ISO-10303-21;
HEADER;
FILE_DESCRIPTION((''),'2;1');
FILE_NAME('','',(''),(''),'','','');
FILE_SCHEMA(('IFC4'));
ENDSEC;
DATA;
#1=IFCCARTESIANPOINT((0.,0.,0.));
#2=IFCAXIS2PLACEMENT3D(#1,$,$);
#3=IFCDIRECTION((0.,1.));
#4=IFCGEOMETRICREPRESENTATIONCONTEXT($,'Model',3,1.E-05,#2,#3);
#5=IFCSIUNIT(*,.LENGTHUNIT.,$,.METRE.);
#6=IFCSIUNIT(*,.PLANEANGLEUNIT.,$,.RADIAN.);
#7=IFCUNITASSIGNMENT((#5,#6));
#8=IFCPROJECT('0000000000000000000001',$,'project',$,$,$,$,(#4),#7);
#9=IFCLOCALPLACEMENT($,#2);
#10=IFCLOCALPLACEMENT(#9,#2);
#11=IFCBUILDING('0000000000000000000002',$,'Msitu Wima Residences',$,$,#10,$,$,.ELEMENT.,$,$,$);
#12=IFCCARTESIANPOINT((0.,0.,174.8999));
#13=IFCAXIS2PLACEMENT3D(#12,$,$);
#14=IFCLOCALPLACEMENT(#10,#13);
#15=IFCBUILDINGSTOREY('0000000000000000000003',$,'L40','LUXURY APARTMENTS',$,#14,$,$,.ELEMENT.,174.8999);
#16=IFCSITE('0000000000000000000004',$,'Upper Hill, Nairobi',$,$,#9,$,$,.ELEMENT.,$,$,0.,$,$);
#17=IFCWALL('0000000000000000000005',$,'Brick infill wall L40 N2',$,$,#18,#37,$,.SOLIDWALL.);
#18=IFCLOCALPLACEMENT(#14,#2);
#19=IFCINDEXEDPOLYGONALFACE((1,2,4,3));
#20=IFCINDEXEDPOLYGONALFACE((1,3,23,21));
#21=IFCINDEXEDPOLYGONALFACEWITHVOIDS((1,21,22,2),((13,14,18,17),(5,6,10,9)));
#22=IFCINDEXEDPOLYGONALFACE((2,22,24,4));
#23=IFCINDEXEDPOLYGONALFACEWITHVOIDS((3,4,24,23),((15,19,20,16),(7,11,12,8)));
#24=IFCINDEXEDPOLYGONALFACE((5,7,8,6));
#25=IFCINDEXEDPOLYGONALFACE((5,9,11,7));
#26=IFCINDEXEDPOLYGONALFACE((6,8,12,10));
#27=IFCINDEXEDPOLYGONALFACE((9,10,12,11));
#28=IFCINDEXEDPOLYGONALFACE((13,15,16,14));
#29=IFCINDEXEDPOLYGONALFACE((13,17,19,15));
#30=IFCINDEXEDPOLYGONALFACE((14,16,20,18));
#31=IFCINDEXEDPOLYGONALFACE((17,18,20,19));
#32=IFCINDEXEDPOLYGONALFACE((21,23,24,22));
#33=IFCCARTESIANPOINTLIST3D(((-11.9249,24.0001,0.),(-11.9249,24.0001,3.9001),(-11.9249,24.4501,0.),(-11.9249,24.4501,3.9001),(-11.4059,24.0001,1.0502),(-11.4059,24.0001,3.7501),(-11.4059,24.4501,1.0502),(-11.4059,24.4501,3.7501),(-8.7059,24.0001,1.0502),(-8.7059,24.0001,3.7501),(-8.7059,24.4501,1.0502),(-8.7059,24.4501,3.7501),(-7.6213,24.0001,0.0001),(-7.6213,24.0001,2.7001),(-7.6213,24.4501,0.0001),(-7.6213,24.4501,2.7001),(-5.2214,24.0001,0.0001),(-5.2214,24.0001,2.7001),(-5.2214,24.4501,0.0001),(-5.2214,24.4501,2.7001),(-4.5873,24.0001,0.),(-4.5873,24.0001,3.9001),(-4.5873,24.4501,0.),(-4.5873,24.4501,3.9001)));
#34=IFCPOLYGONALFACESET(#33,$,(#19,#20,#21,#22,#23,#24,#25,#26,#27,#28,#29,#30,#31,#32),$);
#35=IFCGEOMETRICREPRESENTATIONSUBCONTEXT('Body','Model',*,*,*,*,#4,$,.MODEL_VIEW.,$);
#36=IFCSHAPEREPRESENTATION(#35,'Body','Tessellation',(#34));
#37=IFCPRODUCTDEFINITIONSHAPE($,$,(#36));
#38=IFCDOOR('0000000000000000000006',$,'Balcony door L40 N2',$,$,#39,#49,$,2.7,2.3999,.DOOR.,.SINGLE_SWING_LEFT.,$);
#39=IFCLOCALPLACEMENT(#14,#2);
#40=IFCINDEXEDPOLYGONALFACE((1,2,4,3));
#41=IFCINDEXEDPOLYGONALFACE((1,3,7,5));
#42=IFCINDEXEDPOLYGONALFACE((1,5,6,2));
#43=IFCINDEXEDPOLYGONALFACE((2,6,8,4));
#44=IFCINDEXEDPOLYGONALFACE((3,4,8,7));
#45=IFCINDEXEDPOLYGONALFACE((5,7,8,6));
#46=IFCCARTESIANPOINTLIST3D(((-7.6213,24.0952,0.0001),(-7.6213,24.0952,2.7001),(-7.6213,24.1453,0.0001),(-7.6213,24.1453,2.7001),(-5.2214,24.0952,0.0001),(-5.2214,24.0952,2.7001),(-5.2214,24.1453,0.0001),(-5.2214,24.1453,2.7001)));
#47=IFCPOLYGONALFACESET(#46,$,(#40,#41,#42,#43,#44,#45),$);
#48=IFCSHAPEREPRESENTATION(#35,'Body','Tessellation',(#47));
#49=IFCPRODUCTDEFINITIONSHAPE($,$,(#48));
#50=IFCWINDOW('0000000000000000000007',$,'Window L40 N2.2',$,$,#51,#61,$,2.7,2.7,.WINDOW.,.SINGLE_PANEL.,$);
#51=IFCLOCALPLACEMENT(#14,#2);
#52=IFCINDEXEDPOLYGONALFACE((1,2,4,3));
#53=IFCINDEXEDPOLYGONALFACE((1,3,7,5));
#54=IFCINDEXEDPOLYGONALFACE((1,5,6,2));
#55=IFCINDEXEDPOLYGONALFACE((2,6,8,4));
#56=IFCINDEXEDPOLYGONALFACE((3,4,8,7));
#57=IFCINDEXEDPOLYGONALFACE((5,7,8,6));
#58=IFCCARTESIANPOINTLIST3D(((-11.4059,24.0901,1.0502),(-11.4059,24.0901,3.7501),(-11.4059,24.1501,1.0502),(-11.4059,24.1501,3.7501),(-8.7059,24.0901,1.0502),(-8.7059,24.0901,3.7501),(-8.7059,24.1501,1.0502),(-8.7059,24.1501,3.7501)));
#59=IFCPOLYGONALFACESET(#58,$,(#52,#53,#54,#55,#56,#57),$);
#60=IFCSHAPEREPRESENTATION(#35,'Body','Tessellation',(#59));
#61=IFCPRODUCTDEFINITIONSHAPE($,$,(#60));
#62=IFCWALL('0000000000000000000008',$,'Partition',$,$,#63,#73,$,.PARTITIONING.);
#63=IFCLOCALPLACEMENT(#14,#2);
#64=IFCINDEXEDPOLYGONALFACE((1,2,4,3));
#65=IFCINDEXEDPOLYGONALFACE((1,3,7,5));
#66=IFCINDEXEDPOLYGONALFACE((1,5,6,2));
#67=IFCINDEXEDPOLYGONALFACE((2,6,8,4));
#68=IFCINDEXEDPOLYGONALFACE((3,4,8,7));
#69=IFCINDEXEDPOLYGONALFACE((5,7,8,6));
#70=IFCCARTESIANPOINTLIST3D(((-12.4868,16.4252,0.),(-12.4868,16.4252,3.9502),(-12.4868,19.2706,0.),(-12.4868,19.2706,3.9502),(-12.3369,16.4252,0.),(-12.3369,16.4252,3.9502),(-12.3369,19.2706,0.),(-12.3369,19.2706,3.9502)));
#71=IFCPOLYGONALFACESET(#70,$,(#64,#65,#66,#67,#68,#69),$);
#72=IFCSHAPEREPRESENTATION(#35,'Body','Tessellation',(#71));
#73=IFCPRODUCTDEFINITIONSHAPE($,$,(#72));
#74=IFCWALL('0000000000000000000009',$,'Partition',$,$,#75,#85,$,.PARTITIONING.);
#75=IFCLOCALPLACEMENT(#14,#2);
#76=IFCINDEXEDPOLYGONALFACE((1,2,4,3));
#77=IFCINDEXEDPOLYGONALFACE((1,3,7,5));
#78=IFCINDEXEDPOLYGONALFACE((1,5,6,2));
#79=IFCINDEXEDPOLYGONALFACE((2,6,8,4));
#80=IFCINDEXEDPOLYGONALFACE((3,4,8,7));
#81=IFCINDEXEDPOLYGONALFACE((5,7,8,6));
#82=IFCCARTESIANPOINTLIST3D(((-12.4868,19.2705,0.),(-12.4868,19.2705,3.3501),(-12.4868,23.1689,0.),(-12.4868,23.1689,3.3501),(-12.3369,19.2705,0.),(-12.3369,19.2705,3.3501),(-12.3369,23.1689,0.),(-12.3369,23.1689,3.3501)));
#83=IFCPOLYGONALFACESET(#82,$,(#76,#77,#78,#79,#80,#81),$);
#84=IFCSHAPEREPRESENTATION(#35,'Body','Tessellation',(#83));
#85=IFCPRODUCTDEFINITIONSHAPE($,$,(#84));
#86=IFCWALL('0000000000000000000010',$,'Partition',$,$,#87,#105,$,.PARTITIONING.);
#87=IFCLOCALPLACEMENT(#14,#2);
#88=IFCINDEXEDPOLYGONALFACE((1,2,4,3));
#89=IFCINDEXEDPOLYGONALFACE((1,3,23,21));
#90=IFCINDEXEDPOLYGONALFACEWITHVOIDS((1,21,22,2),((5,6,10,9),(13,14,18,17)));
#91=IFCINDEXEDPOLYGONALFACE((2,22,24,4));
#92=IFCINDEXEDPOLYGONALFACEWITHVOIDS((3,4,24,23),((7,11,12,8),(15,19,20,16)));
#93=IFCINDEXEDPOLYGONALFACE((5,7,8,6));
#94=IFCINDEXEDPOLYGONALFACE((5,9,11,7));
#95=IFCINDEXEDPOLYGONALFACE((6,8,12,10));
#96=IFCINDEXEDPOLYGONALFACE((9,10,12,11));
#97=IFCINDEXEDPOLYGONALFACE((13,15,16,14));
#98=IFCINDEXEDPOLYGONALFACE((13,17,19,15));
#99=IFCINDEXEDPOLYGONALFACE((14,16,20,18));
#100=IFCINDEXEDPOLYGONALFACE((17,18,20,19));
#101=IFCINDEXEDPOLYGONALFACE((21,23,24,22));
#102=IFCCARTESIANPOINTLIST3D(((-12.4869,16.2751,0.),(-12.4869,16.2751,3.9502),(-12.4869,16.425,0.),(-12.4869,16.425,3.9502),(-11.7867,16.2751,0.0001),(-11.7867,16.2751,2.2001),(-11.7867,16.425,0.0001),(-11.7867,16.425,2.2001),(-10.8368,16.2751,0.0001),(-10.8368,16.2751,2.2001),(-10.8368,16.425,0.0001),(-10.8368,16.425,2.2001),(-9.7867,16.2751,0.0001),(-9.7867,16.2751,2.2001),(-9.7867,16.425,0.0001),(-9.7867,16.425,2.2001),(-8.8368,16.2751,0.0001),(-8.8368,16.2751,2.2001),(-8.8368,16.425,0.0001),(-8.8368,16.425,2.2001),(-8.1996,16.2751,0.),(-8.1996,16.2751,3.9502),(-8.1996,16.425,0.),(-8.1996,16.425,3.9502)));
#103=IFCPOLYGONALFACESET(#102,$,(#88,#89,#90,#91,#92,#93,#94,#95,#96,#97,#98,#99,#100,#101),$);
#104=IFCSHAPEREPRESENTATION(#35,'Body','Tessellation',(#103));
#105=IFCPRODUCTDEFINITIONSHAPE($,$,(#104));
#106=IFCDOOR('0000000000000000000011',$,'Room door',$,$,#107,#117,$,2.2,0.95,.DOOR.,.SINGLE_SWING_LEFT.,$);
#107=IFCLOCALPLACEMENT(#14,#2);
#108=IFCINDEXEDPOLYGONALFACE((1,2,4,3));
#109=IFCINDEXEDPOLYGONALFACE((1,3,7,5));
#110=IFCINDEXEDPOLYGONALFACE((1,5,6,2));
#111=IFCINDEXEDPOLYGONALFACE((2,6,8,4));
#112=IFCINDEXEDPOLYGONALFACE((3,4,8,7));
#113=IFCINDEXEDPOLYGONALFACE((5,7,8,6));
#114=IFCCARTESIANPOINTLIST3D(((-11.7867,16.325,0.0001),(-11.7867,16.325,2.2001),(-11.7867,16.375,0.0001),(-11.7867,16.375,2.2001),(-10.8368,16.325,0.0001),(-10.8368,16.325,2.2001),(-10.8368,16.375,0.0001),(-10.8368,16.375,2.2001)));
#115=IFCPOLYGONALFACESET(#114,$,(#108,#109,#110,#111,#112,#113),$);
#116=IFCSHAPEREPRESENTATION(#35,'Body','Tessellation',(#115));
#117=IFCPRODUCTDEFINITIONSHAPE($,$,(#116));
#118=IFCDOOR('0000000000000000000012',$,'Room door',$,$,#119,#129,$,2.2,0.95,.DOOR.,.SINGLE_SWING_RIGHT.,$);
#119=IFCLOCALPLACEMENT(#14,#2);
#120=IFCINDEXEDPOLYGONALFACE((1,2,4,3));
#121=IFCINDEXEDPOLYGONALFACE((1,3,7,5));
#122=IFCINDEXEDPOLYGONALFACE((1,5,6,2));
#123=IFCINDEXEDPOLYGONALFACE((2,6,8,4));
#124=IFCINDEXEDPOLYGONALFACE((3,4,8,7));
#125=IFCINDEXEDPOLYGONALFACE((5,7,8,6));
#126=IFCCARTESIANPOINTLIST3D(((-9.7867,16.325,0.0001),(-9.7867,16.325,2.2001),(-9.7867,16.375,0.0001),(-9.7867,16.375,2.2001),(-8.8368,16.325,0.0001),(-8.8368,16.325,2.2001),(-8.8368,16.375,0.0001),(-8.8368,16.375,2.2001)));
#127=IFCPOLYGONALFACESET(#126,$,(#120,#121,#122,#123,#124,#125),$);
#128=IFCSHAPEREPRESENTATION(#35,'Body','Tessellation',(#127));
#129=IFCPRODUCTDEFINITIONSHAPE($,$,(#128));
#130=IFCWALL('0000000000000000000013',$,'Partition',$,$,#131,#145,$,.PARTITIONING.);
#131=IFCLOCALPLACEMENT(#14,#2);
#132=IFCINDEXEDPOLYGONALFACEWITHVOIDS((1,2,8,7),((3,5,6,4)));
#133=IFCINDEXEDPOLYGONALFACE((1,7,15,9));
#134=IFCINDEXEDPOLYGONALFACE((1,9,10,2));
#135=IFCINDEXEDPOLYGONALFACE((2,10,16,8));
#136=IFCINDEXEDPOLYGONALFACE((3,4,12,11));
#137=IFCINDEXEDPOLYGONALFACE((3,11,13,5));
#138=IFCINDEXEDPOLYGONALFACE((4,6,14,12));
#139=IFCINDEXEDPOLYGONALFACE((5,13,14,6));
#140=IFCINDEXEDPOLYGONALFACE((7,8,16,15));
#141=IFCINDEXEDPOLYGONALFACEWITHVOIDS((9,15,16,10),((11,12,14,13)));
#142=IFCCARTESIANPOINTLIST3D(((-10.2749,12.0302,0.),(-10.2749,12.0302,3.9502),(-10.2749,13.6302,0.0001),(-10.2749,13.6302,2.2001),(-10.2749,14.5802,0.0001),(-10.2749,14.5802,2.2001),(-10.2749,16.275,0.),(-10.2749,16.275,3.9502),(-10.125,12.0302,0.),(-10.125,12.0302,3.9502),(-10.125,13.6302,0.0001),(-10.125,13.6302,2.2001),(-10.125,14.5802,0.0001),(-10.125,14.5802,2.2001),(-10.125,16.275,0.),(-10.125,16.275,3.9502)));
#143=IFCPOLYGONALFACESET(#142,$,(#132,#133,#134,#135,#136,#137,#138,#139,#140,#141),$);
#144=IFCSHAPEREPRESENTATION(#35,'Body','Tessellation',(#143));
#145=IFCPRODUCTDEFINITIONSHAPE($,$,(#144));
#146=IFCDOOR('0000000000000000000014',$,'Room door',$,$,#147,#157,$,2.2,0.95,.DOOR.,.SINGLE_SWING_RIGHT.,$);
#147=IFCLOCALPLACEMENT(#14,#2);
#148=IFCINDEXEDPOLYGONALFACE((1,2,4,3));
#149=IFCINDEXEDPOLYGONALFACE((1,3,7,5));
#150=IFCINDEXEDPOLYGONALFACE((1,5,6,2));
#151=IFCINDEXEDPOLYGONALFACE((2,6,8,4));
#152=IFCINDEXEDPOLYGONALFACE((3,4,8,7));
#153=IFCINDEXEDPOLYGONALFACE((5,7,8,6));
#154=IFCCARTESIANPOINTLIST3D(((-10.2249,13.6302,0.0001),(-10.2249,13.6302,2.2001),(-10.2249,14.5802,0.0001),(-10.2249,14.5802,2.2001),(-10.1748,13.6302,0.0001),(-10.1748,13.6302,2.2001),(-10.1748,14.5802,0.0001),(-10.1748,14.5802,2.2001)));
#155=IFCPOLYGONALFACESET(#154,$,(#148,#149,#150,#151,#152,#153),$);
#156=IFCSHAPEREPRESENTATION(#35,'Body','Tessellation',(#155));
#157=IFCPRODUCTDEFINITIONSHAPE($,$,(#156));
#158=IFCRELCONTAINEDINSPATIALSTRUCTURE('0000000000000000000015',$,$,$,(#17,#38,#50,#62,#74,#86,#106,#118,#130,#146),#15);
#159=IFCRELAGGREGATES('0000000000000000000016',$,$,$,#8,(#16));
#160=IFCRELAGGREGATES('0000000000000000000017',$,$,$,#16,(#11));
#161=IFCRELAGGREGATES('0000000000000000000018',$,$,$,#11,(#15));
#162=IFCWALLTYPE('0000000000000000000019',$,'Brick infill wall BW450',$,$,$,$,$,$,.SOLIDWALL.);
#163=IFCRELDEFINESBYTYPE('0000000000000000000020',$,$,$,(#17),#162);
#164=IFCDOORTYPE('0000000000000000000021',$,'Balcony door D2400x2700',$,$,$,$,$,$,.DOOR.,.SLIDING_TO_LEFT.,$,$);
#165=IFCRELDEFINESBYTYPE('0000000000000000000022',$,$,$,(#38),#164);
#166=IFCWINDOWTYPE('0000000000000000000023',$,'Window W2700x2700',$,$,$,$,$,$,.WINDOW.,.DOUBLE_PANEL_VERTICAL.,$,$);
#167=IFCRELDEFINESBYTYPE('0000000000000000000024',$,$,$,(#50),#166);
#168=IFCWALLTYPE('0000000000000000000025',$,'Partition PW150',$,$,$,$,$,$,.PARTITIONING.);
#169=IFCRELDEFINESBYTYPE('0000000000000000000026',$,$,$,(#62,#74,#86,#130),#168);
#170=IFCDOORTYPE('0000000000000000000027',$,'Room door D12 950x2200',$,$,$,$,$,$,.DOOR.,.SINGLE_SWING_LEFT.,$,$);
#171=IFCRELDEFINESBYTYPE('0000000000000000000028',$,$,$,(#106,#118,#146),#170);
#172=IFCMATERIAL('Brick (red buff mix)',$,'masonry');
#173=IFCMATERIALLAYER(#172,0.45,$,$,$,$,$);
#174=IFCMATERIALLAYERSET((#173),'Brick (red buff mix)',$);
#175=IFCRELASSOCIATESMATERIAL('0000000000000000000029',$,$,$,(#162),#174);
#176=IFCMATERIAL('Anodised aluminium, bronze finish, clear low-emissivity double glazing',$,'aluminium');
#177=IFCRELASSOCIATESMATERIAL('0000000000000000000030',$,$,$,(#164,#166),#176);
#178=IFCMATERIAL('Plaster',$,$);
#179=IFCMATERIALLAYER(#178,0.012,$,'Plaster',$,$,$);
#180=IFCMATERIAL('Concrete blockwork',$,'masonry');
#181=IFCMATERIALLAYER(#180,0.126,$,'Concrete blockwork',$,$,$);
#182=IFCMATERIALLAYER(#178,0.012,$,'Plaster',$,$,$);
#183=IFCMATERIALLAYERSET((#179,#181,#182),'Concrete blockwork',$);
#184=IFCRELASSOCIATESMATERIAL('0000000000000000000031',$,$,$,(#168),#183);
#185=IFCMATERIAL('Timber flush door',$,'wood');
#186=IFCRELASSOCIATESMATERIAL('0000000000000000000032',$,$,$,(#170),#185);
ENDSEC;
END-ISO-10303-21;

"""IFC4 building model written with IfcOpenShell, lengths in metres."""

from ifc_helpers import new_model, si_unit, direction, frame, frame_2d, origin, place, context, subcontext, project, spatial, rectangle, extrude, material, layer, layer_set, type_object, element, fill, save


model = new_model("IFC4")

# Units and contexts
model_context = context("Model", 3, precision=1e-05, world=origin(), true_north=direction((0.0, 1.0)))
body_context = subcontext(model_context, "Body", "Model", "MODEL_VIEW")
ifc_project = project(units=[si_unit("LENGTHUNIT", "METRE"), si_unit("PLANEANGLEUNIT", "RADIAN")], contexts=[model_context])

# Site, building, storey
site_placement = place(None, origin())
site = spatial("IfcSite", under=ifc_project, at=site_placement, Name="Upper Hill, Nairobi", CompositionType="ELEMENT", RefElevation=0.0)
building_placement = place(site_placement, origin())
building = spatial("IfcBuilding", under=site, at=building_placement, Name="Msitu Wima Residences", CompositionType="ELEMENT")
storey_placement = place(building_placement, frame((0.0, 0.0, 174.8999)))
storey = spatial("IfcBuildingStorey", under=building, at=storey_placement, Name="L40", Description="LUXURY APARTMENTS", CompositionType="ELEMENT", Elevation=174.8999)

# Wall, openings, door, window
ifc_material_1 = material(Name="Brick (red buff mix)", Category="masonry")
ifc_layer_1 = layer(ifc_material_1, 0.45)
ifc_layer_set_1 = layer_set([ifc_layer_1], Name="Brick (red buff mix)")
wall_type_1 = type_object("IfcWallType", Name="Brick infill wall BW450", PredefinedType="SOLIDWALL", material=ifc_layer_set_1)
wall_1_placement = place(storey_placement, frame((-4.5872, 24.2251, 0.0), z_axis=(0.0, 0.0, 1.0), x_axis=(-1.0, 0.0, 0.0)))
wall_1 = element("IfcWall", 1, at=wall_1_placement, inside=storey, type_object=wall_type_1, Name="Brick infill wall L40 N2", PredefinedType="SOLIDWALL", context=body_context, shape_type="SweptSolid", body=[
    extrude(rectangle(XDim=7.3376, YDim=0.45, at=frame_2d((3.6689, 0.0))), origin(), (0.0, 0.0, 1.0), 3.9001),
])
opening_1_placement = place(wall_1_placement, frame((0.6343, 0.0, 0.0)))
opening_1 = element("IfcOpeningElement", 2, at=opening_1_placement, cuts=wall_1, PredefinedType="OPENING", context=body_context, shape_type="SweptSolid", body=[
    extrude(rectangle(XDim=2.3999, YDim=2.7, at=frame_2d((1.2, 1.3501))), frame((0.0, 0.2349, 0.0), z_axis=(0.0, -1.0, 0.0), x_axis=(1.0, 0.0, 0.0)), (0.0, 0.0, 1.0), 0.47),
])
opening_2_placement = place(wall_1_placement, frame((4.1187, 0.0, 1.05)))
opening_2 = element("IfcOpeningElement", 3, at=opening_2_placement, cuts=wall_1, PredefinedType="OPENING", context=body_context, shape_type="SweptSolid", body=[
    extrude(rectangle(XDim=2.7, YDim=2.7, at=frame_2d((1.3501, 1.3501))), frame((0.0, 0.2349, 0.0), z_axis=(0.0, -1.0, 0.0), x_axis=(1.0, 0.0, 0.0)), (0.0, 0.0, 1.0), 0.47),
])
ifc_material_2 = material(Name="Anodised aluminium, bronze finish, clear low-emissivity double glazing", Category="aluminium")
door_type_1 = type_object("IfcDoorType", Name="Balcony door D2400x2700", OperationType="SLIDING_TO_LEFT", PredefinedType="DOOR", material=ifc_material_2)
door_1_placement = place(opening_1_placement, origin())
door_1 = element("IfcDoor", 4, at=door_1_placement, inside=storey, type_object=door_type_1, Name="Balcony door L40 N2", OperationType="SINGLE_SWING_LEFT", OverallHeight=2.7, OverallWidth=2.3999, PredefinedType="DOOR", context=body_context, shape_type="SweptSolid", body=[
    extrude(rectangle(XDim=2.3999, YDim=2.7, at=frame_2d((1.2, 1.3501))), frame((0.0, 0.1299, 0.0), z_axis=(0.0, -1.0, 0.0), x_axis=(1.0, 0.0, 0.0)), (0.0, 0.0, 1.0), 0.05),
])
fill(opening_1, door_1)
window_type = type_object("IfcWindowType", Name="Window W2700x2700", PartitioningType="DOUBLE_PANEL_VERTICAL", PredefinedType="WINDOW", material=ifc_material_2)
window_placement = place(opening_2_placement, origin())
window = element("IfcWindow", 5, at=window_placement, inside=storey, type_object=window_type, Name="Window L40 N2.2", OverallHeight=2.7, OverallWidth=2.7, PartitioningType="SINGLE_PANEL", PredefinedType="WINDOW", context=body_context, shape_type="SweptSolid", body=[
    extrude(rectangle(XDim=2.7, YDim=2.7, at=frame_2d((1.3501, 1.3501))), frame((0.0, 0.135, 0.0), z_axis=(0.0, -1.0, 0.0), x_axis=(1.0, 0.0, 0.0)), (0.0, 0.0, 1.0), 0.0601),
])
fill(opening_2, window)

# Walls
ifc_material_3 = material(Name="Plaster")
ifc_layer_2 = layer(ifc_material_3, 0.012, Name="Plaster")
ifc_material_4 = material(Name="Concrete blockwork", Category="masonry")
ifc_layer_3 = layer(ifc_material_4, 0.126, Name="Concrete blockwork")
ifc_layer_4 = layer(ifc_material_3, 0.012, Name="Plaster")
ifc_layer_set_2 = layer_set([ifc_layer_2, ifc_layer_3, ifc_layer_4], Name="Concrete blockwork")
wall_type_2 = type_object("IfcWallType", Name="Partition PW150", PredefinedType="PARTITIONING", material=ifc_layer_set_2)
wall_2_placement = place(storey_placement, frame((-12.4119, 16.425, 0.0), z_axis=(0.0, 0.0, 1.0), x_axis=(0.0, 1.0, 0.0)))
element("IfcWall", 6, at=wall_2_placement, inside=storey, type_object=wall_type_2, Name="Partition", PredefinedType="PARTITIONING", context=body_context, shape_type="SweptSolid", body=[
    extrude(rectangle(XDim=2.8455, YDim=0.1499, at=frame_2d((1.4229, 0.0))), origin(), (0.0, 0.0, 1.0), 3.9502),
])
wall_3_placement = place(storey_placement, frame((-12.4119, 19.2705, 0.0), z_axis=(0.0, 0.0, 1.0), x_axis=(0.0, 1.0, 0.0)))
element("IfcWall", 7, at=wall_3_placement, inside=storey, type_object=wall_type_2, Name="Partition", PredefinedType="PARTITIONING", context=body_context, shape_type="SweptSolid", body=[
    extrude(rectangle(XDim=3.8984, YDim=0.1499, at=frame_2d((1.9492, 0.0))), origin(), (0.0, 0.0, 1.0), 3.3501),
])

# Wall, openings, doors
wall_4_placement = place(storey_placement, frame((-12.4868, 16.3501, 0.0), z_axis=(0.0, 0.0, 1.0), x_axis=(1.0, 0.0, 0.0)))
wall_4 = element("IfcWall", 8, at=wall_4_placement, inside=storey, type_object=wall_type_2, Name="Partition", PredefinedType="PARTITIONING", context=body_context, shape_type="SweptSolid", body=[
    extrude(rectangle(XDim=4.2874, YDim=0.1499, at=frame_2d((2.1436, 0.0))), origin(), (0.0, 0.0, 1.0), 3.9502),
])
opening_3_placement = place(wall_4_placement, frame((0.7, 0.0, 0.0)))
opening_3 = element("IfcOpeningElement", 9, at=opening_3_placement, cuts=wall_4, PredefinedType="OPENING", context=body_context, shape_type="SweptSolid", body=[
    extrude(rectangle(XDim=0.95, YDim=2.2, at=frame_2d((0.4751, 1.1001))), frame((0.0, 0.085, 0.0), z_axis=(0.0, -1.0, 0.0), x_axis=(1.0, 0.0, 0.0)), (0.0, 0.0, 1.0), 0.1699),
])
opening_4_placement = place(wall_4_placement, frame((2.7, 0.0, 0.0)))
opening_4 = element("IfcOpeningElement", 10, at=opening_4_placement, cuts=wall_4, PredefinedType="OPENING", context=body_context, shape_type="SweptSolid", body=[
    extrude(rectangle(XDim=0.95, YDim=2.2, at=frame_2d((0.4751, 1.1001))), frame((0.0, 0.085, 0.0), z_axis=(0.0, -1.0, 0.0), x_axis=(1.0, 0.0, 0.0)), (0.0, 0.0, 1.0), 0.1699),
])
ifc_material_5 = material(Name="Timber flush door", Category="wood")
door_type_2 = type_object("IfcDoorType", Name="Room door D12 950x2200", OperationType="SINGLE_SWING_LEFT", PredefinedType="DOOR", material=ifc_material_5)
door_2_placement = place(opening_3_placement, origin())
door_2 = element("IfcDoor", 11, at=door_2_placement, inside=storey, type_object=door_type_2, Name="Room door", OperationType="SINGLE_SWING_LEFT", OverallHeight=2.2, OverallWidth=0.95, PredefinedType="DOOR", context=body_context, shape_type="SweptSolid", body=[
    extrude(rectangle(XDim=0.95, YDim=2.2, at=frame_2d((0.4751, 1.1001))), frame((0.0, 0.0249, 0.0), z_axis=(0.0, -1.0, 0.0), x_axis=(1.0, 0.0, 0.0)), (0.0, 0.0, 1.0), 0.05),
])
fill(opening_3, door_2)
door_3_placement = place(opening_4_placement, origin())
door_3 = element("IfcDoor", 12, at=door_3_placement, inside=storey, type_object=door_type_2, Name="Room door", OperationType="SINGLE_SWING_RIGHT", OverallHeight=2.2, OverallWidth=0.95, PredefinedType="DOOR", context=body_context, shape_type="SweptSolid", body=[
    extrude(rectangle(XDim=0.95, YDim=2.2, at=frame_2d((0.4751, 1.1001))), frame((0.0, 0.0249, 0.0), z_axis=(0.0, -1.0, 0.0), x_axis=(1.0, 0.0, 0.0)), (0.0, 0.0, 1.0), 0.05),
])
fill(opening_4, door_3)

# Wall, opening, door
wall_5_placement = place(storey_placement, frame((-10.2, 12.03, 0.0), z_axis=(0.0, 0.0, 1.0), x_axis=(0.0, 1.0, 0.0)))
wall_5 = element("IfcWall", 13, at=wall_5_placement, inside=storey, type_object=wall_type_2, Name="Partition", PredefinedType="PARTITIONING", context=body_context, shape_type="SweptSolid", body=[
    extrude(rectangle(XDim=4.2449, YDim=0.1499, at=frame_2d((2.1226, 0.0))), origin(), (0.0, 0.0, 1.0), 3.9502),
])
opening_5_placement = place(wall_5_placement, frame((1.6001, 0.0, 0.0)))
opening_5 = element("IfcOpeningElement", 14, at=opening_5_placement, cuts=wall_5, PredefinedType="OPENING", context=body_context, shape_type="SweptSolid", body=[
    extrude(rectangle(XDim=0.95, YDim=2.2, at=frame_2d((0.4751, 1.1001))), frame((0.0, 0.085, 0.0), z_axis=(0.0, -1.0, 0.0), x_axis=(1.0, 0.0, 0.0)), (0.0, 0.0, 1.0), 0.1699),
])
door_4_placement = place(opening_5_placement, origin())
door_4 = element("IfcDoor", 15, at=door_4_placement, inside=storey, type_object=door_type_2, Name="Room door", OperationType="SINGLE_SWING_RIGHT", OverallHeight=2.2, OverallWidth=0.95, PredefinedType="DOOR", context=body_context, shape_type="SweptSolid", body=[
    extrude(rectangle(XDim=0.95, YDim=2.2, at=frame_2d((0.4751, 1.1001))), frame((0.0, 0.0249, 0.0), z_axis=(0.0, -1.0, 0.0), x_axis=(1.0, 0.0, 0.0)), (0.0, 0.0, 1.0), 0.05),
])
fill(opening_5, door_4)

save(model, "model.ifc")
